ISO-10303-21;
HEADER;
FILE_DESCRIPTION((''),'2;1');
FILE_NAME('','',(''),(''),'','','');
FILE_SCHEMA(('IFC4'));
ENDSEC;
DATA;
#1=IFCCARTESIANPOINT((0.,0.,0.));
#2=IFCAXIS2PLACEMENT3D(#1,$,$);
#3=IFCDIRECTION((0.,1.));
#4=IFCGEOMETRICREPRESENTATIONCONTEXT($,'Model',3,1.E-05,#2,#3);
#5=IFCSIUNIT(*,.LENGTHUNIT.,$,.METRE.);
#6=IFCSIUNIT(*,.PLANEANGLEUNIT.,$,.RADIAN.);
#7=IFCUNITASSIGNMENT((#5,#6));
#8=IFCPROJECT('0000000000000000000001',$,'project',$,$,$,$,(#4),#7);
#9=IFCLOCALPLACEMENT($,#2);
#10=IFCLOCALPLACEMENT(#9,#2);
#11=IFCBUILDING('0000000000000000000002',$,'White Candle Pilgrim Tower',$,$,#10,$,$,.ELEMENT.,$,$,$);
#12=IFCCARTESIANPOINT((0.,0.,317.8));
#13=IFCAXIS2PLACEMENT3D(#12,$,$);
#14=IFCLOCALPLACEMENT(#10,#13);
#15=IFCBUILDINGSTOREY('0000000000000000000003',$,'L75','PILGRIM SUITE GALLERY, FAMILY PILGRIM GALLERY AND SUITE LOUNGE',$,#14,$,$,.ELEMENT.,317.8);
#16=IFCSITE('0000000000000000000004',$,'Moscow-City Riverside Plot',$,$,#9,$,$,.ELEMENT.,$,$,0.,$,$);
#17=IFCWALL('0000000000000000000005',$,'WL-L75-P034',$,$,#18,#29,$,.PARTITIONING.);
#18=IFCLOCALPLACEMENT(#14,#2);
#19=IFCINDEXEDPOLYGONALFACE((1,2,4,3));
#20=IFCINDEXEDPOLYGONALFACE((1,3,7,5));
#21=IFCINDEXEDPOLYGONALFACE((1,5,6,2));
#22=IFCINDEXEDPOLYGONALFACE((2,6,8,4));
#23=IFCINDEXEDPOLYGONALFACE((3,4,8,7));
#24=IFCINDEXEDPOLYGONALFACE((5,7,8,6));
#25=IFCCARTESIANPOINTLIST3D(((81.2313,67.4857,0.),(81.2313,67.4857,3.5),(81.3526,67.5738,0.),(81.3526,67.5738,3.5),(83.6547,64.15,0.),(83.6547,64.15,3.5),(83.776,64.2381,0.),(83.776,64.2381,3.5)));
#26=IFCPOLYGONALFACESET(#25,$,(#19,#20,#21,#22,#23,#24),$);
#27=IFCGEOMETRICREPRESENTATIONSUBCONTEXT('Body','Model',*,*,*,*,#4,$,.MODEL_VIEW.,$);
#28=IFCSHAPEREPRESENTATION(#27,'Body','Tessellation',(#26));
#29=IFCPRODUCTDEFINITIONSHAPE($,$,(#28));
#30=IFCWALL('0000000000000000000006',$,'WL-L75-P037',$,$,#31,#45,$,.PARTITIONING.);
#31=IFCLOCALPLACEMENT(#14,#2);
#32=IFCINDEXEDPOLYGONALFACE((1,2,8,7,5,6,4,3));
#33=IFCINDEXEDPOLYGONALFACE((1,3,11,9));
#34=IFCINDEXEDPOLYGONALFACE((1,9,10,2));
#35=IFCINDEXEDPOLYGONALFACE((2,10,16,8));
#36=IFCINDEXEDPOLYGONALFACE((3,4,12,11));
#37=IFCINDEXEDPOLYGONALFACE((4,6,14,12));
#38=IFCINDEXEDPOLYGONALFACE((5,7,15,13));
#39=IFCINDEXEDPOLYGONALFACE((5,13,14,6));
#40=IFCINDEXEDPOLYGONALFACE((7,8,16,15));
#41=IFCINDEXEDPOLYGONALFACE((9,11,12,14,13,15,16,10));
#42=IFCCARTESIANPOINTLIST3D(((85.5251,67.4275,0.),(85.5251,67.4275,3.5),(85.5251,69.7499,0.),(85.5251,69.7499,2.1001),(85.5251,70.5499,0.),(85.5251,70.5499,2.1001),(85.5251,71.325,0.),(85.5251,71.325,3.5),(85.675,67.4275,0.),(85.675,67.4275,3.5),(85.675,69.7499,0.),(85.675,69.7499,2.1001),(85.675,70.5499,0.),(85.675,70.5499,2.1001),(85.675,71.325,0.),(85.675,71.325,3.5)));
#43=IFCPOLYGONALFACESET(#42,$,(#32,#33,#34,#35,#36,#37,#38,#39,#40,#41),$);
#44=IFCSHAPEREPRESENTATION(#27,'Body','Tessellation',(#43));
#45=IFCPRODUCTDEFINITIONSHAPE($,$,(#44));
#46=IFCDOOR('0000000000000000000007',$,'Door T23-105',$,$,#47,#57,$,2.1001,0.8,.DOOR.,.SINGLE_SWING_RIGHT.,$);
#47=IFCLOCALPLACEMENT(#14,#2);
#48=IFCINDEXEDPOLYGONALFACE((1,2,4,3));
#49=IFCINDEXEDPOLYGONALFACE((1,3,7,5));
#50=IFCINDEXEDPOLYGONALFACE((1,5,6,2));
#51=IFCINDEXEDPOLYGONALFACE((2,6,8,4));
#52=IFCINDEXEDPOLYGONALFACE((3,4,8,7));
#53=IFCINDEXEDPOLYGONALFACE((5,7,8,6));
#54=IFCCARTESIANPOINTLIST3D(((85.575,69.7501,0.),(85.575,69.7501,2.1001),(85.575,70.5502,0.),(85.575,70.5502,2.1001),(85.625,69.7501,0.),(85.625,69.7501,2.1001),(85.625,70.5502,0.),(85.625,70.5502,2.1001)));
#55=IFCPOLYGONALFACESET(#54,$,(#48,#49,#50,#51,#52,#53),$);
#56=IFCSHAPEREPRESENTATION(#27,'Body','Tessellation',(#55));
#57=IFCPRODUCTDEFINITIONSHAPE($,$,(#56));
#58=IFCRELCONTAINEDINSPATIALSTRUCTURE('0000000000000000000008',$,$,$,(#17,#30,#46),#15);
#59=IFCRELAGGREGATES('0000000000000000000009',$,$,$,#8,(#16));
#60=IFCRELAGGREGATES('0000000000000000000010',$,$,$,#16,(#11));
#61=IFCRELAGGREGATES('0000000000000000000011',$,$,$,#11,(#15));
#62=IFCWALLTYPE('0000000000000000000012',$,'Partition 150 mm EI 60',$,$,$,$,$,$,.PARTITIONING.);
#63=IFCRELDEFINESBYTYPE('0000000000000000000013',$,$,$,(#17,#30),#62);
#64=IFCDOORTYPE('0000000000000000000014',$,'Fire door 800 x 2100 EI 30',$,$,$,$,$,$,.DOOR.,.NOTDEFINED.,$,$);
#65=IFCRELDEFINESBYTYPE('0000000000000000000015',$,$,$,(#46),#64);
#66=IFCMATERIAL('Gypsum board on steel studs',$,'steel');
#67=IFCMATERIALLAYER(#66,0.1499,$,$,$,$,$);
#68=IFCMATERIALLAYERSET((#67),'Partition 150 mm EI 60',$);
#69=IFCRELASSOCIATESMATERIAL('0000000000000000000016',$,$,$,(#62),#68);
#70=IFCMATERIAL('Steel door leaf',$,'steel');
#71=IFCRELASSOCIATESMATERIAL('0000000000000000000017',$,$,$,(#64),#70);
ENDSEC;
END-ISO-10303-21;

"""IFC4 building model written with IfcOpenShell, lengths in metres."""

from ifc_helpers import new_model, si_unit, direction, frame, frame_2d, origin, place, context, subcontext, project, spatial, rectangle, extrude, material, layer, layer_set, type_object, element, fill, save


model = new_model("IFC4")

# Units and contexts
model_context = context("Model", 3, precision=1e-05, world=origin(), true_north=direction((0.0, 1.0)))
body_context = subcontext(model_context, "Body", "Model", "MODEL_VIEW")
ifc_project = project(units=[si_unit("LENGTHUNIT", "METRE"), si_unit("PLANEANGLEUNIT", "RADIAN")], contexts=[model_context])

# Site, building, storey
site_placement = place(None, origin())
site = spatial("IfcSite", under=ifc_project, at=site_placement, Name="Moscow-City Riverside Plot", CompositionType="ELEMENT", RefElevation=0.0)
building_placement = place(site_placement, origin())
building = spatial("IfcBuilding", under=site, at=building_placement, Name="White Candle Pilgrim Tower", CompositionType="ELEMENT")
storey_placement = place(building_placement, frame((0.0, 0.0, 317.8)))
storey = spatial("IfcBuildingStorey", under=building, at=storey_placement, Name="L75", Description="PILGRIM SUITE GALLERY, FAMILY PILGRIM GALLERY AND SUITE LOUNGE", CompositionType="ELEMENT", Elevation=317.8)

# Shared definitions
ifc_material_1 = material(Name="Gypsum board on steel studs", Category="steel")
ifc_material_2 = material(Name="Steel door leaf", Category="steel")

# Shared definitions
ifc_layer_1 = layer(ifc_material_1, 0.1499)
ifc_layer_set_1 = layer_set([ifc_layer_1], Name="Partition 150 mm EI 60")
wall_type_1 = type_object("IfcWallType", Name="Partition 150 mm EI 60", PredefinedType="PARTITIONING", material=ifc_layer_set_1)

# Wall
wall_1_placement = place(storey_placement, frame((83.7153, 64.1941, 0.0), z_axis=(0.0, 0.0, 1.0), x_axis=(-0.587756, 0.809038, 0.0)))
element("IfcWall", 1, at=wall_1_placement, inside=storey, type_object=wall_type_1, Name="WL-L75-P034", PredefinedType="PARTITIONING", context=body_context, shape_type="SweptSolid", body=[
    extrude(rectangle(XDim=4.123, YDim=0.1499, at=frame_2d((2.0615, 0.0))), origin(), (0.0, 0.0, 1.0), 3.5),
])

# Wall, opening, door
wall_2_placement = place(storey_placement, frame((85.6001, 67.4275, 0.0), z_axis=(0.0, 0.0, 1.0), x_axis=(0.0, 1.0, 0.0)))
wall_2 = element("IfcWall", 2, at=wall_2_placement, inside=storey, type_object=wall_type_1, Name="WL-L75-P037", PredefinedType="PARTITIONING", context=body_context, shape_type="SweptSolid", body=[
    extrude(rectangle(XDim=3.8975, YDim=0.1499, at=frame_2d((1.9487, 0.0))), origin(), (0.0, 0.0, 1.0), 3.5),
])
opening_1_placement = place(wall_2_placement, frame((2.3225, 0.0, 0.0)))
opening_1 = element("IfcOpeningElement", 3, at=opening_1_placement, cuts=wall_2, PredefinedType="OPENING", context=body_context, shape_type="SweptSolid", body=[
    extrude(rectangle(XDim=0.8, YDim=2.1001, at=frame_2d((0.3999, 1.05))), frame((0.0, 0.085, 0.0), z_axis=(0.0, -1.0, 0.0), x_axis=(1.0, 0.0, 0.0)), (0.0, 0.0, 1.0), 0.1699),
])
door_type_1 = type_object("IfcDoorType", Name="Fire door 800 x 2100 EI 30", OperationType="NOTDEFINED", PredefinedType="DOOR", material=ifc_material_2)
door_1_placement = place(opening_1_placement, frame((0.8, 0.0, 0.0), z_axis=(0.0, 0.0, 1.0), x_axis=(-1.0, 0.0, 0.0)))
door_1 = element("IfcDoor", 4, at=door_1_placement, inside=storey, type_object=door_type_1, Name="Door T23-105", OperationType="SINGLE_SWING_RIGHT", OverallHeight=2.1001, OverallWidth=0.8, PredefinedType="DOOR", context=body_context, shape_type="SweptSolid", body=[
    extrude(rectangle(XDim=0.8, YDim=2.1001, at=frame_2d((0.3999, 1.05))), frame((0.0, 0.0249, 0.0), z_axis=(0.0, -1.0, 0.0), x_axis=(1.0, 0.0, 0.0)), (0.0, 0.0, 1.0), 0.05),
])
fill(opening_1, door_1)

save(model, "model.ifc")
